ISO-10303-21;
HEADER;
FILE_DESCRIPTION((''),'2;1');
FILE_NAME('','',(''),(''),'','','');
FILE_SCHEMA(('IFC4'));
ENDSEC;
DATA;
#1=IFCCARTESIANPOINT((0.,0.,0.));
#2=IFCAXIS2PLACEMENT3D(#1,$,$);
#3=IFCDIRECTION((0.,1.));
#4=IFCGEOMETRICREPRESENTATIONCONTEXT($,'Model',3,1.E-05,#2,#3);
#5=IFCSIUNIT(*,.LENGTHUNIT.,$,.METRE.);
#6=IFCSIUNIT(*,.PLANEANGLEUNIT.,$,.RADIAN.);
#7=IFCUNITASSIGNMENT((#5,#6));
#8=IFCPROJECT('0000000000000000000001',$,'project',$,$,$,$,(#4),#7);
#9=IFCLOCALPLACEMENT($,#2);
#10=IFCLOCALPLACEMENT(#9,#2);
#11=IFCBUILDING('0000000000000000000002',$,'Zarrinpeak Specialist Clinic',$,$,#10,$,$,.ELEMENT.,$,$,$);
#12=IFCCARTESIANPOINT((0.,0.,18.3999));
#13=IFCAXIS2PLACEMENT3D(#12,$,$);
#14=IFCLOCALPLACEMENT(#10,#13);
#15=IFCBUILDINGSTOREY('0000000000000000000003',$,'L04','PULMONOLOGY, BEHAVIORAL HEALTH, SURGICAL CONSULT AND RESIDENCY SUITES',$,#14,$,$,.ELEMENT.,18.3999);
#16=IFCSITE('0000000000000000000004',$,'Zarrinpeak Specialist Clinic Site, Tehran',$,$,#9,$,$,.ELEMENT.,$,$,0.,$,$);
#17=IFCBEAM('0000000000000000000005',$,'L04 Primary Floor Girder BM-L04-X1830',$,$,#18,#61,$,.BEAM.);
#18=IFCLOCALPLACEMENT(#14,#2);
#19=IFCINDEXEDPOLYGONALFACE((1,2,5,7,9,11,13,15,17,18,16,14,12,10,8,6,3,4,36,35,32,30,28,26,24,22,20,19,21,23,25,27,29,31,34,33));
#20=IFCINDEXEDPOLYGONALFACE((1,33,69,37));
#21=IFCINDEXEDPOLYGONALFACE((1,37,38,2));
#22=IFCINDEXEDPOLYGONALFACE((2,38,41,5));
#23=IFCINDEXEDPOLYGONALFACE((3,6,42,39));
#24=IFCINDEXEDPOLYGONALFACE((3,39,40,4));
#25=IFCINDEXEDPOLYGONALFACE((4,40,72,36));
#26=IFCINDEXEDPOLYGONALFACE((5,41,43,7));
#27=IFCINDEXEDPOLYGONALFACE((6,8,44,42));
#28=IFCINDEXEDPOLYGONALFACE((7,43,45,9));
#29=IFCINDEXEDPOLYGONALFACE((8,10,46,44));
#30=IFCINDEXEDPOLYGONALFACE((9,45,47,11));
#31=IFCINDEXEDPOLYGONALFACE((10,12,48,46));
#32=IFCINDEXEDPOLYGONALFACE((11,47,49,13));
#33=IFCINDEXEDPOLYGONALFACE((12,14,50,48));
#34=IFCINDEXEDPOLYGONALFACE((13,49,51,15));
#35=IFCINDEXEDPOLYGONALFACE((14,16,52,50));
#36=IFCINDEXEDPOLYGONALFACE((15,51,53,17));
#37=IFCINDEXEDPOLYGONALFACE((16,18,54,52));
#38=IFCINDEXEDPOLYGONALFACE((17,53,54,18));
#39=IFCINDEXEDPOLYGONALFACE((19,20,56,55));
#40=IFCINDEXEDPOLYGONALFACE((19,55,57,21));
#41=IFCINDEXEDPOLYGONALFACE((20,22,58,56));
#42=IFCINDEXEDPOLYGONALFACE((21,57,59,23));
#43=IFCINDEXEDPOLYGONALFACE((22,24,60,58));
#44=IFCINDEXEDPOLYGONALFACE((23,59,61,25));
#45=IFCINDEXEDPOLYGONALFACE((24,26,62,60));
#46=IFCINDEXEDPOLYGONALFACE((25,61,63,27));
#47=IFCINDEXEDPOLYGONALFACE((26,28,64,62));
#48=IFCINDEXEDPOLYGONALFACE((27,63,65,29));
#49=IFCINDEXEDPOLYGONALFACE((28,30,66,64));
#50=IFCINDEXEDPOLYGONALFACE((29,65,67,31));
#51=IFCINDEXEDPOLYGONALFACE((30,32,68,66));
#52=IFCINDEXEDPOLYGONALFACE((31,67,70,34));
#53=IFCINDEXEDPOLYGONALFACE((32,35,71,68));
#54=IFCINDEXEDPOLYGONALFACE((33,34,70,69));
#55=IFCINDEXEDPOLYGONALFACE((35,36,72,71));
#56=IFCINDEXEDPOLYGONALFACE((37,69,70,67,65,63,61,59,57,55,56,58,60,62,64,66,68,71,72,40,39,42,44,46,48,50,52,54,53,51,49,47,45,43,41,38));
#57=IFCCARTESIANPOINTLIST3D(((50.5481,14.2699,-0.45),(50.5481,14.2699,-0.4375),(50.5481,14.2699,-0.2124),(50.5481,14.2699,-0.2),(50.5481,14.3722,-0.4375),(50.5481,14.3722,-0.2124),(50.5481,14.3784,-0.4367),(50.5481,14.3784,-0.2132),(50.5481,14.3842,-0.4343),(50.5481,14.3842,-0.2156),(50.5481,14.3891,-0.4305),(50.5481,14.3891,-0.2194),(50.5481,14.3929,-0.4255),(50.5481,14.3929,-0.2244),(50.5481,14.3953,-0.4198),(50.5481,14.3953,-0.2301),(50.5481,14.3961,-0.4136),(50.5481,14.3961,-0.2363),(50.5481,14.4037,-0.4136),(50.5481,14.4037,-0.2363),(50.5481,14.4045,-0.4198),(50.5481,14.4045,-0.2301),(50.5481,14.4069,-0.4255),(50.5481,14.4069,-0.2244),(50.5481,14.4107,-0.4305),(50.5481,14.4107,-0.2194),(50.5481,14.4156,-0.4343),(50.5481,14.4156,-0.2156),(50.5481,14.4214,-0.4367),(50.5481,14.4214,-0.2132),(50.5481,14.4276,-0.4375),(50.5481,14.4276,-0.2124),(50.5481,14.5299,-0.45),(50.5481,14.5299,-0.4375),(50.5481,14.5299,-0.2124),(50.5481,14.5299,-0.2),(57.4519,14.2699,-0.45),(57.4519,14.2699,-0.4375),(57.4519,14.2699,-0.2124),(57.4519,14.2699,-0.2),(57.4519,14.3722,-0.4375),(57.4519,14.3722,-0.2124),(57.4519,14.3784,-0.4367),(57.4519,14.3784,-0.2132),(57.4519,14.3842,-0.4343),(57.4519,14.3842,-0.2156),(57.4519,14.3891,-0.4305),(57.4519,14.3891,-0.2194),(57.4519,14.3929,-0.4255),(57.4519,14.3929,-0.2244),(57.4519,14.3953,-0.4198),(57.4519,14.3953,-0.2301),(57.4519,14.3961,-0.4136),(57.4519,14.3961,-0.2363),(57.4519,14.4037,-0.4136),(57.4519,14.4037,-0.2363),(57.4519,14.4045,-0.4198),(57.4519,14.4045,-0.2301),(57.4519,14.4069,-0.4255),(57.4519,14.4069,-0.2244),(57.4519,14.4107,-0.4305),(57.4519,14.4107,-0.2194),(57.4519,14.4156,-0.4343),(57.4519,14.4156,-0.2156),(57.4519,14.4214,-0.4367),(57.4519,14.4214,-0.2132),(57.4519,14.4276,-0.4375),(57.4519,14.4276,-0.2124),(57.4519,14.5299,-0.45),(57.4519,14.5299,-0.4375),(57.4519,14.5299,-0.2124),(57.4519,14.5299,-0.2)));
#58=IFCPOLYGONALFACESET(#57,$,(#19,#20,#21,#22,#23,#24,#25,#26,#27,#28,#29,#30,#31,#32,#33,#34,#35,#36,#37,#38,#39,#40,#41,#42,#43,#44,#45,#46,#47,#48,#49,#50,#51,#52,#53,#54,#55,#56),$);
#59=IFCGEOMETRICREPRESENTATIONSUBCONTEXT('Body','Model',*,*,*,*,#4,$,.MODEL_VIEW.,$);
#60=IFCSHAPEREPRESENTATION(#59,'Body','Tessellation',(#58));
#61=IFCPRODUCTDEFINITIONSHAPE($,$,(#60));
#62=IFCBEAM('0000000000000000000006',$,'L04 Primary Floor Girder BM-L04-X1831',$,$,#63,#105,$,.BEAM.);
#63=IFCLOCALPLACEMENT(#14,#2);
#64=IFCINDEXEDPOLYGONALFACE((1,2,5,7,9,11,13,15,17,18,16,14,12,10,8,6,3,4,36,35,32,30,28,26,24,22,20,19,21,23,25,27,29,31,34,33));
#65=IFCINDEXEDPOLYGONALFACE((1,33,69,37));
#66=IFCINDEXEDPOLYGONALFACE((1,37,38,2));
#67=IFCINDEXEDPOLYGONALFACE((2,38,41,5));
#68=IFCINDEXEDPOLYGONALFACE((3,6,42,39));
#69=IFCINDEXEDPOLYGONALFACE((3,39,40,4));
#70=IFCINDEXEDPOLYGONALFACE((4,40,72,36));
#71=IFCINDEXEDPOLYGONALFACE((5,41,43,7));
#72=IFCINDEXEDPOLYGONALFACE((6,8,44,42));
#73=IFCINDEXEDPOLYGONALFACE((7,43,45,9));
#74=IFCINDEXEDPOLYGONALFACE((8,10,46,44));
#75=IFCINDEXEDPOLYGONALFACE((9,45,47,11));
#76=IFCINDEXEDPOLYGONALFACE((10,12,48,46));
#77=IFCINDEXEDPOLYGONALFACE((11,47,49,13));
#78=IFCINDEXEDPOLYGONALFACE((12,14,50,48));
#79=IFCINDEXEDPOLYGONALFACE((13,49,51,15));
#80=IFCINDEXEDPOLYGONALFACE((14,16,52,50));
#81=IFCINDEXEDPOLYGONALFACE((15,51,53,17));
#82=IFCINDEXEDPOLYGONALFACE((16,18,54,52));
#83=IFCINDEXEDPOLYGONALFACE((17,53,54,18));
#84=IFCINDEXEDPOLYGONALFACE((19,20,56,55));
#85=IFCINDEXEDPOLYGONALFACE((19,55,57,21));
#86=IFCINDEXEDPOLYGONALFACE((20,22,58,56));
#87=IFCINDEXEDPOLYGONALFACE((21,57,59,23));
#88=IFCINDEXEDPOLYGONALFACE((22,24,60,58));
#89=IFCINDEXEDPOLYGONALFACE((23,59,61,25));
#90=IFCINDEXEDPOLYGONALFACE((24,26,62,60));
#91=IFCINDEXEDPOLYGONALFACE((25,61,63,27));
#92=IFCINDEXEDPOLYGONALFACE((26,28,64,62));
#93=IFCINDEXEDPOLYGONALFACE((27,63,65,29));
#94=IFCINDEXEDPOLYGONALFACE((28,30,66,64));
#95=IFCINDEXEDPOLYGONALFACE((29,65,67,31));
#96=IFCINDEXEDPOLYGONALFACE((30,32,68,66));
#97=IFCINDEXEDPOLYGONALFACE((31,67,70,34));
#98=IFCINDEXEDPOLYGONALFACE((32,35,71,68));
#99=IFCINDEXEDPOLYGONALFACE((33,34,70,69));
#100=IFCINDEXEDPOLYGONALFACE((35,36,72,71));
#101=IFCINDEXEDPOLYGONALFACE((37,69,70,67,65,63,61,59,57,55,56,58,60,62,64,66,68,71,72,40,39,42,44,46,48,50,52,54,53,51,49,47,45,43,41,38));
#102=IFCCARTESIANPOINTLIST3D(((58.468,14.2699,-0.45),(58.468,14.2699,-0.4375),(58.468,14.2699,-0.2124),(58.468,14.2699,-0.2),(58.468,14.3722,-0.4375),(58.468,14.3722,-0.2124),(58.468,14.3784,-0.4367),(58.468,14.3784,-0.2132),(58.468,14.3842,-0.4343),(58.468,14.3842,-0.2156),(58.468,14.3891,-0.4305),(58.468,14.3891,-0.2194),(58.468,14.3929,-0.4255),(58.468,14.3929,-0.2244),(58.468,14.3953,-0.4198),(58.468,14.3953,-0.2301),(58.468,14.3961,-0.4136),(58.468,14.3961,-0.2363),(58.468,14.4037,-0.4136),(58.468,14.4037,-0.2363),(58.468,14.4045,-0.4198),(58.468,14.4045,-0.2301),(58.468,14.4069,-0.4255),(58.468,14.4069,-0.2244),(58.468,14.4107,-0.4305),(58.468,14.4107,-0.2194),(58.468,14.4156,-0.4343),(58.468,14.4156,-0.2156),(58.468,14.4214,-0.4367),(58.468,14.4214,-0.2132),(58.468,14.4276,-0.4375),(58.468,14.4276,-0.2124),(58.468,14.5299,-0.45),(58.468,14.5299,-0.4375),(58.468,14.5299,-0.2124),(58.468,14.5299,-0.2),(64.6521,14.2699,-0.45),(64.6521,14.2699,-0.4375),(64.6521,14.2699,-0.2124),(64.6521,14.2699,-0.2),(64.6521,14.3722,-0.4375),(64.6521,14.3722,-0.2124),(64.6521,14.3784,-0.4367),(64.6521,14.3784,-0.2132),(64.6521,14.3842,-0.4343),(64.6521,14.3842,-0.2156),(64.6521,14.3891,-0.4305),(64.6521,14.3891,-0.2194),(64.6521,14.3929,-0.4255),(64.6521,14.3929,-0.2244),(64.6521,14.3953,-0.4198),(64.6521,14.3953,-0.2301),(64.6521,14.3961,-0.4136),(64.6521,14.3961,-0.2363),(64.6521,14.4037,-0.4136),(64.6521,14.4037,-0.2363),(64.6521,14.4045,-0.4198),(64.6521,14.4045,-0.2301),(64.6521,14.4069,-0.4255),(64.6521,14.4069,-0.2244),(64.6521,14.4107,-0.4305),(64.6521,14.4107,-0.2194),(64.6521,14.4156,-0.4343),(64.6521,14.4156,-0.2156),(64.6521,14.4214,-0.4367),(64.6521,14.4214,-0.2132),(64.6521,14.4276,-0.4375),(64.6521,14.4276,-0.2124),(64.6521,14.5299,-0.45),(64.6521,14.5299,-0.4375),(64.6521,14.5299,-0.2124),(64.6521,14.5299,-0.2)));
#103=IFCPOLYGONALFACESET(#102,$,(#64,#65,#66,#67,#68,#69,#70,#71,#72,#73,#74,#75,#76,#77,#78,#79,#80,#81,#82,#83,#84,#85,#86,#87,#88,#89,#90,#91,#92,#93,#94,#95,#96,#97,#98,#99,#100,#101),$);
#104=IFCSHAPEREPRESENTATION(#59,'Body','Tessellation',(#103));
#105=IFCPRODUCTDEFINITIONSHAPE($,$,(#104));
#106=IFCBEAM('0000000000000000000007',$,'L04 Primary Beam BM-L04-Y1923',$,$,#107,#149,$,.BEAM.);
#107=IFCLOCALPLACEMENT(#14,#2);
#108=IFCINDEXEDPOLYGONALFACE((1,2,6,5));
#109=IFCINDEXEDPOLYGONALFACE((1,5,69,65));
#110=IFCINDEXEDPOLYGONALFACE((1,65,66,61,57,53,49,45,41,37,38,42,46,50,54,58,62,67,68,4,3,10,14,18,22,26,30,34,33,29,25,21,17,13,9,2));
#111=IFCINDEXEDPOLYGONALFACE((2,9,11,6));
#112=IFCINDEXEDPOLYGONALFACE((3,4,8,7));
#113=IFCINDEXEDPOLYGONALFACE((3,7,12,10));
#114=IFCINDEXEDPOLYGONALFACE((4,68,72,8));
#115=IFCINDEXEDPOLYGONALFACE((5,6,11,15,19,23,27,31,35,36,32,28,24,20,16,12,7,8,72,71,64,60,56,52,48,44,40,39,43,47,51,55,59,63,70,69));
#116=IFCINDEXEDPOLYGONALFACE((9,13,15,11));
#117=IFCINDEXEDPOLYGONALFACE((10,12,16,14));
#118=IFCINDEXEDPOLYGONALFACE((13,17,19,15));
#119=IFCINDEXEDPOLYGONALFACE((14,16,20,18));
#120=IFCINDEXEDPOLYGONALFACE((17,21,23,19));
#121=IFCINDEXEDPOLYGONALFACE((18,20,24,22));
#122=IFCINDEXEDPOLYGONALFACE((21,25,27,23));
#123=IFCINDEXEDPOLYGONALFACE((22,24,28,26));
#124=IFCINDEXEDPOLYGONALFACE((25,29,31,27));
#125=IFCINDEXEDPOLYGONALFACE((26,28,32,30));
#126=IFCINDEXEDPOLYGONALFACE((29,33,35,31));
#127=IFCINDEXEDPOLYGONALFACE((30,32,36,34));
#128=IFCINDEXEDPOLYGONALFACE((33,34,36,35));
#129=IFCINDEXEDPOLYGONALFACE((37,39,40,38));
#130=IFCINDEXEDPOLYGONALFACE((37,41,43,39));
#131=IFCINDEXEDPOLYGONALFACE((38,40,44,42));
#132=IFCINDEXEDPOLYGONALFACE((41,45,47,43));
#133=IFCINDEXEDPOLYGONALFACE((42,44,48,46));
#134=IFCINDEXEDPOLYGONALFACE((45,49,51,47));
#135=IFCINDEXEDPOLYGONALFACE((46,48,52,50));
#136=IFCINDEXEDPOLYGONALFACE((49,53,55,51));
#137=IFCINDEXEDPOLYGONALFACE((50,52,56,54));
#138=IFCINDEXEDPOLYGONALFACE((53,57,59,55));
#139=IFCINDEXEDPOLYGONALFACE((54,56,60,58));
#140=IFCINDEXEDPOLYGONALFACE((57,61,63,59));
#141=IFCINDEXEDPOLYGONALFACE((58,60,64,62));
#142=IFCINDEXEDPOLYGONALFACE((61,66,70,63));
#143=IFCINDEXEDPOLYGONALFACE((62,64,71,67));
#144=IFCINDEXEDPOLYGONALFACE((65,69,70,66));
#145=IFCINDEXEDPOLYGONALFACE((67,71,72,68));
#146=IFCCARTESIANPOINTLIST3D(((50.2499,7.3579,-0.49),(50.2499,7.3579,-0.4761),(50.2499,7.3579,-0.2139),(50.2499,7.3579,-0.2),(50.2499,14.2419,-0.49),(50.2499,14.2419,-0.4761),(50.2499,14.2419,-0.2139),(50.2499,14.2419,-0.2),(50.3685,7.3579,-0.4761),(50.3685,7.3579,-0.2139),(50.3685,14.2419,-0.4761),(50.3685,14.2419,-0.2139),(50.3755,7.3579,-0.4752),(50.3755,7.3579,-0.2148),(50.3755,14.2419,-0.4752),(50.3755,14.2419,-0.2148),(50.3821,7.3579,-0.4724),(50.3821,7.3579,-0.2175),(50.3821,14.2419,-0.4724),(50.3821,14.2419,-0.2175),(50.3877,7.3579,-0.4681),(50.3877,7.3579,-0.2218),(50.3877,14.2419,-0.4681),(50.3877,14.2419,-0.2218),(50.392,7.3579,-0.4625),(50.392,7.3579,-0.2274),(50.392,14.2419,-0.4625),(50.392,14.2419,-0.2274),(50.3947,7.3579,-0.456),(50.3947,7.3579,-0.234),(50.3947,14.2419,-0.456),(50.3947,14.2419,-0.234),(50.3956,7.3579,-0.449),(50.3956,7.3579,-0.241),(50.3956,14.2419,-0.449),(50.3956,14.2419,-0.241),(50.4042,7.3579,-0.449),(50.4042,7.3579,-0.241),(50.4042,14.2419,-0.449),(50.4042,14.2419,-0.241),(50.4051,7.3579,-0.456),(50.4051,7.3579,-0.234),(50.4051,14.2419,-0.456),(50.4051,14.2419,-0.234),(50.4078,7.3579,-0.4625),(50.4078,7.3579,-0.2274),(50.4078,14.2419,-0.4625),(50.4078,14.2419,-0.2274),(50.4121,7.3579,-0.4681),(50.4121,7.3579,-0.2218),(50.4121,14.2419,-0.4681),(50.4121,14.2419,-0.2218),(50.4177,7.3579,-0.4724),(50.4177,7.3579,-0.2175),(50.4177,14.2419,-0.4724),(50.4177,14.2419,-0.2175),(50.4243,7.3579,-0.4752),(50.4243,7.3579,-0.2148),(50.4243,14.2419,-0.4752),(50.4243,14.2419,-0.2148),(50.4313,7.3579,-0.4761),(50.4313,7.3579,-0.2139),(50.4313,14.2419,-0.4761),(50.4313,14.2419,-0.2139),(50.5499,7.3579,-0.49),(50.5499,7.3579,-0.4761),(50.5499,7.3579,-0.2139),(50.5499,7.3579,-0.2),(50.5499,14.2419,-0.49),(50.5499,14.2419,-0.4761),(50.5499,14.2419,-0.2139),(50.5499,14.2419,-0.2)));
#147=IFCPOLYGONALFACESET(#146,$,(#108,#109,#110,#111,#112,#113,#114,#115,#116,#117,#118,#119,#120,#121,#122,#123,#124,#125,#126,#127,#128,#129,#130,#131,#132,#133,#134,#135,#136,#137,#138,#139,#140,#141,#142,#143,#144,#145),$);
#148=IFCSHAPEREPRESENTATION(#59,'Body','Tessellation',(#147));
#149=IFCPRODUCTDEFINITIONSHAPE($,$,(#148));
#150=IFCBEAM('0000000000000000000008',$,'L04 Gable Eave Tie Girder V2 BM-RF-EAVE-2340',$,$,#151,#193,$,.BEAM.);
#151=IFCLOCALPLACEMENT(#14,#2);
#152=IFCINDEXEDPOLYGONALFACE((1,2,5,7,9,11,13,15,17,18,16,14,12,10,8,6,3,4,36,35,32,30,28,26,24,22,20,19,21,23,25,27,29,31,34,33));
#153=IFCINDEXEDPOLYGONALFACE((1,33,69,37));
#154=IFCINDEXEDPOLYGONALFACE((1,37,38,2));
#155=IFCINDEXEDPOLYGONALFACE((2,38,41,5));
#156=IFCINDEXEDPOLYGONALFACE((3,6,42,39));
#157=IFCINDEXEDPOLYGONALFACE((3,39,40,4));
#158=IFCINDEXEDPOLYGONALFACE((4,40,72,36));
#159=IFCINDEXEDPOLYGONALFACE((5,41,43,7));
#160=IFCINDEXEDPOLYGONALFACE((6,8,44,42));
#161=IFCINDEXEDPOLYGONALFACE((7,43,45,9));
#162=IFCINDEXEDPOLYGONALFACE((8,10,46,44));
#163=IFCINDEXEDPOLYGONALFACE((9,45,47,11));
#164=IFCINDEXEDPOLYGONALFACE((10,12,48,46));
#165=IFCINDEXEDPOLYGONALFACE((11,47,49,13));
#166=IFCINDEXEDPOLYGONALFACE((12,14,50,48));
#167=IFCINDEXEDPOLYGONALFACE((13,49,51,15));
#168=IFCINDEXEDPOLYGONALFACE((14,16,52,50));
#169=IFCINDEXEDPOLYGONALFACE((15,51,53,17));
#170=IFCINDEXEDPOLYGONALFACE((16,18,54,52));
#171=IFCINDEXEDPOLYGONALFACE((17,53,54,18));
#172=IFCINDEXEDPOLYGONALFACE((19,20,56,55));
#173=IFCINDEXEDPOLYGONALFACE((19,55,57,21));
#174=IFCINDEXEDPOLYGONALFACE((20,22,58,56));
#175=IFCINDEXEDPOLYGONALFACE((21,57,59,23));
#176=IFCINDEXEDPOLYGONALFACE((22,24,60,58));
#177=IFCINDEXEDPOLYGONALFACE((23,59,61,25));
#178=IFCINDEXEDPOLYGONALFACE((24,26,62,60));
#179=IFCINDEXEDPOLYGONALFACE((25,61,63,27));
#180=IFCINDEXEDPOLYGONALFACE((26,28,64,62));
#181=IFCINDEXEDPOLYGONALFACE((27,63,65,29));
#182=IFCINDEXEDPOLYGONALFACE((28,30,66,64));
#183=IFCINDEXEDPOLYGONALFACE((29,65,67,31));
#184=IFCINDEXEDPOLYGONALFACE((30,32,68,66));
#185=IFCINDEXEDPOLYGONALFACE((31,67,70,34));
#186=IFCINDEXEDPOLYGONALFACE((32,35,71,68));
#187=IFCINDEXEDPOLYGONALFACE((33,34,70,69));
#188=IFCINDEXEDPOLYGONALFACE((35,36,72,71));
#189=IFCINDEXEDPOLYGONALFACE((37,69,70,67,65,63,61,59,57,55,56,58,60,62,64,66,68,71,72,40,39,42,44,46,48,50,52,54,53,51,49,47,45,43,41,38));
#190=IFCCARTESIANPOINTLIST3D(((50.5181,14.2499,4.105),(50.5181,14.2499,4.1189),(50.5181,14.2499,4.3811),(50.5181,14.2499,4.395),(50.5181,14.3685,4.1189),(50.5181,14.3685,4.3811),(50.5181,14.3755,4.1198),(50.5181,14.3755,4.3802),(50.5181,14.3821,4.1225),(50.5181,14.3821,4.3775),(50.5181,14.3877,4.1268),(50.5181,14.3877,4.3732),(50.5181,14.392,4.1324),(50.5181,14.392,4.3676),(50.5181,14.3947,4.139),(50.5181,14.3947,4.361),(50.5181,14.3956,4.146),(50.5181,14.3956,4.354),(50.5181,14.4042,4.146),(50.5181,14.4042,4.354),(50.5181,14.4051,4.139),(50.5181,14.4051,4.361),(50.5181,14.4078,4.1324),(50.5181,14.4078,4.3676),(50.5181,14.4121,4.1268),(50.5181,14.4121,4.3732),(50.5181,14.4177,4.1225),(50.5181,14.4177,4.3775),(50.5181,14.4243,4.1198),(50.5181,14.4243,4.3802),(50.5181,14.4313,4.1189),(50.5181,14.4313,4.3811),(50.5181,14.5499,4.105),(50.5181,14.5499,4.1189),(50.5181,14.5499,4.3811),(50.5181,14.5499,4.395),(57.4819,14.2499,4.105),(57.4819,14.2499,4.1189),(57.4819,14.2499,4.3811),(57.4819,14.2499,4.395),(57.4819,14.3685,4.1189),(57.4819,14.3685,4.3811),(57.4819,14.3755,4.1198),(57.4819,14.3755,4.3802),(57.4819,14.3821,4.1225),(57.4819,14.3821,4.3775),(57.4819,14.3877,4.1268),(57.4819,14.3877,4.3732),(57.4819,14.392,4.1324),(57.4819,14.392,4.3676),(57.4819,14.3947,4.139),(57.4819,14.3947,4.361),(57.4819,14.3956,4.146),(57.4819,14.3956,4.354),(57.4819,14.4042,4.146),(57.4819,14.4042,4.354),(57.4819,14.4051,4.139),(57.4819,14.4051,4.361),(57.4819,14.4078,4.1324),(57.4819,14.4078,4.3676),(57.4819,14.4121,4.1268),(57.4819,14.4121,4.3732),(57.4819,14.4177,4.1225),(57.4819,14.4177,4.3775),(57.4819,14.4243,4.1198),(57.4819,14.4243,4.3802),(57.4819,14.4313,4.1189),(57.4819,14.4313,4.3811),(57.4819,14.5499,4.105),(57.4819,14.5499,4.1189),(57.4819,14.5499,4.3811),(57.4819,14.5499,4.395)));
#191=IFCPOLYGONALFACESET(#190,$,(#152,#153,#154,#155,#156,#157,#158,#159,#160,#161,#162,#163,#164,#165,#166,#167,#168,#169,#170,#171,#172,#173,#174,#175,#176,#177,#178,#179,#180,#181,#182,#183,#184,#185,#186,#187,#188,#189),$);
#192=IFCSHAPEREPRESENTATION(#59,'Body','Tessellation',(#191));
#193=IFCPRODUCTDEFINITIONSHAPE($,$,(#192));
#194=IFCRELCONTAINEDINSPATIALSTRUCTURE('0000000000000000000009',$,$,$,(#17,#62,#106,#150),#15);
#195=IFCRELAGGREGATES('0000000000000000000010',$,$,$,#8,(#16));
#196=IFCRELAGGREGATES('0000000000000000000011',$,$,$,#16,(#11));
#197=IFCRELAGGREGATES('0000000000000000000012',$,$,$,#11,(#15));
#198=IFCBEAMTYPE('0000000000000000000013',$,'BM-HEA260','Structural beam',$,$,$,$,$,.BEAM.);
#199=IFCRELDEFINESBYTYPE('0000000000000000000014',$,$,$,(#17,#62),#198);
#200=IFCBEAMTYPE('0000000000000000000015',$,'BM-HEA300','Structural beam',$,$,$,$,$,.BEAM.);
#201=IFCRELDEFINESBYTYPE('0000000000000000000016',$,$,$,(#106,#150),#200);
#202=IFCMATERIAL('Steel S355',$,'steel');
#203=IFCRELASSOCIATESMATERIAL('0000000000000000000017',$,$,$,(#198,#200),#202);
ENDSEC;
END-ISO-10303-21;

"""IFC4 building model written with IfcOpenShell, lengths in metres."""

from ifc_helpers import new_model, si_unit, direction, frame, origin, origin_2d, place, context, subcontext, project, spatial, i_section, extrude, material, material_profile, profile_set, type_object, element, save


model = new_model("IFC4")

# Units and contexts
model_context = context("Model", 3, precision=1e-05, world=origin(), true_north=direction((0.0, 1.0)))
body_context = subcontext(model_context, "Body", "Model", "MODEL_VIEW")
ifc_project = project(units=[si_unit("LENGTHUNIT", "METRE"), si_unit("PLANEANGLEUNIT", "RADIAN")], contexts=[model_context])

# Site, building, storey
site_placement = place(None, origin())
site = spatial("IfcSite", under=ifc_project, at=site_placement, Name="Zarrinpeak Specialist Clinic Site, Tehran", CompositionType="ELEMENT", RefElevation=0.0)
building_placement = place(site_placement, origin())
building = spatial("IfcBuilding", under=site, at=building_placement, Name="Zarrinpeak Specialist Clinic", CompositionType="ELEMENT")
storey_placement = place(building_placement, frame((0.0, 0.0, 18.3999)))
storey = spatial("IfcBuildingStorey", under=building, at=storey_placement, Name="L04", Description="PULMONOLOGY, BEHAVIORAL HEALTH, SURGICAL CONSULT AND RESIDENCY SUITES", CompositionType="ELEMENT", Elevation=18.3999)

# Shared definitions
ifc_material_1 = material(Name="Steel S355", Category="steel")

# Beams
ifc_material_profile_1 = material_profile(ifc_material_1, i_section(OverallWidth=0.26, OverallDepth=0.25, WebThickness=0.0076, FlangeThickness=0.0125, FilletRadius=0.0239, at=origin_2d()), Name="HEA 260")
ifc_profile_set_1 = profile_set([ifc_material_profile_1], Name="Steel S355")
beam_type_1 = type_object("IfcBeamType", Name="BM-HEA260", Description="Structural beam", PredefinedType="BEAM", material=ifc_profile_set_1)
beam_1_placement = place(storey_placement, frame((50.5481, 14.3999, -0.325), z_axis=(1.0, 0.0, 0.0), x_axis=(0.0, 1.0, 0.0)))
element("IfcBeam", 1, at=beam_1_placement, inside=storey, type_object=beam_type_1, Name="L04 Primary Floor Girder BM-L04-X1830", PredefinedType="BEAM", context=body_context, shape_type="SweptSolid", body=[
    extrude(i_section(OverallWidth=0.26, OverallDepth=0.25, WebThickness=0.0076, FlangeThickness=0.0125, FilletRadius=0.0239, at=origin_2d()), origin(), (0.0, 0.0, 1.0), 6.9038),
])
beam_2_placement = place(storey_placement, frame((58.468, 14.3999, -0.325), z_axis=(1.0, 0.0, 0.0), x_axis=(0.0, 1.0, 0.0)))
element("IfcBeam", 2, at=beam_2_placement, inside=storey, type_object=beam_type_1, Name="L04 Primary Floor Girder BM-L04-X1831", PredefinedType="BEAM", context=body_context, shape_type="SweptSolid", body=[
    extrude(i_section(OverallWidth=0.26, OverallDepth=0.25, WebThickness=0.0076, FlangeThickness=0.0125, FilletRadius=0.0239, at=origin_2d()), origin(), (0.0, 0.0, 1.0), 6.1841),
])
ifc_material_profile_2 = material_profile(ifc_material_1, i_section(OverallWidth=0.3, OverallDepth=0.29, WebThickness=0.0085, FlangeThickness=0.0139, FilletRadius=0.0271, at=origin_2d()), Name="HEA 300")
ifc_profile_set_2 = profile_set([ifc_material_profile_2], Name="Steel S355")
beam_type_2 = type_object("IfcBeamType", Name="BM-HEA300", Description="Structural beam", PredefinedType="BEAM", material=ifc_profile_set_2)
beam_3_placement = place(storey_placement, frame((50.3999, 7.3579, -0.345), z_axis=(0.0, 1.0, 0.0), x_axis=(-1.0, 0.0, 0.0)))
element("IfcBeam", 3, at=beam_3_placement, inside=storey, type_object=beam_type_2, Name="L04 Primary Beam BM-L04-Y1923", PredefinedType="BEAM", context=body_context, shape_type="SweptSolid", body=[
    extrude(i_section(OverallWidth=0.3, OverallDepth=0.29, WebThickness=0.0085, FlangeThickness=0.0139, FilletRadius=0.0271, at=origin_2d()), origin(), (0.0, 0.0, 1.0), 6.884),
])
beam_4_placement = place(storey_placement, frame((50.5181, 14.3999, 4.25), z_axis=(1.0, 0.0, 0.0), x_axis=(0.0, 1.0, 0.0)))
element("IfcBeam", 4, at=beam_4_placement, inside=storey, type_object=beam_type_2, Name="L04 Gable Eave Tie Girder V2 BM-RF-EAVE-2340", PredefinedType="BEAM", context=body_context, shape_type="SweptSolid", body=[
    extrude(i_section(OverallWidth=0.3, OverallDepth=0.29, WebThickness=0.0085, FlangeThickness=0.0139, FilletRadius=0.0271, at=origin_2d()), origin(), (0.0, 0.0, 1.0), 6.9639),
])

save(model, "model.ifc")
